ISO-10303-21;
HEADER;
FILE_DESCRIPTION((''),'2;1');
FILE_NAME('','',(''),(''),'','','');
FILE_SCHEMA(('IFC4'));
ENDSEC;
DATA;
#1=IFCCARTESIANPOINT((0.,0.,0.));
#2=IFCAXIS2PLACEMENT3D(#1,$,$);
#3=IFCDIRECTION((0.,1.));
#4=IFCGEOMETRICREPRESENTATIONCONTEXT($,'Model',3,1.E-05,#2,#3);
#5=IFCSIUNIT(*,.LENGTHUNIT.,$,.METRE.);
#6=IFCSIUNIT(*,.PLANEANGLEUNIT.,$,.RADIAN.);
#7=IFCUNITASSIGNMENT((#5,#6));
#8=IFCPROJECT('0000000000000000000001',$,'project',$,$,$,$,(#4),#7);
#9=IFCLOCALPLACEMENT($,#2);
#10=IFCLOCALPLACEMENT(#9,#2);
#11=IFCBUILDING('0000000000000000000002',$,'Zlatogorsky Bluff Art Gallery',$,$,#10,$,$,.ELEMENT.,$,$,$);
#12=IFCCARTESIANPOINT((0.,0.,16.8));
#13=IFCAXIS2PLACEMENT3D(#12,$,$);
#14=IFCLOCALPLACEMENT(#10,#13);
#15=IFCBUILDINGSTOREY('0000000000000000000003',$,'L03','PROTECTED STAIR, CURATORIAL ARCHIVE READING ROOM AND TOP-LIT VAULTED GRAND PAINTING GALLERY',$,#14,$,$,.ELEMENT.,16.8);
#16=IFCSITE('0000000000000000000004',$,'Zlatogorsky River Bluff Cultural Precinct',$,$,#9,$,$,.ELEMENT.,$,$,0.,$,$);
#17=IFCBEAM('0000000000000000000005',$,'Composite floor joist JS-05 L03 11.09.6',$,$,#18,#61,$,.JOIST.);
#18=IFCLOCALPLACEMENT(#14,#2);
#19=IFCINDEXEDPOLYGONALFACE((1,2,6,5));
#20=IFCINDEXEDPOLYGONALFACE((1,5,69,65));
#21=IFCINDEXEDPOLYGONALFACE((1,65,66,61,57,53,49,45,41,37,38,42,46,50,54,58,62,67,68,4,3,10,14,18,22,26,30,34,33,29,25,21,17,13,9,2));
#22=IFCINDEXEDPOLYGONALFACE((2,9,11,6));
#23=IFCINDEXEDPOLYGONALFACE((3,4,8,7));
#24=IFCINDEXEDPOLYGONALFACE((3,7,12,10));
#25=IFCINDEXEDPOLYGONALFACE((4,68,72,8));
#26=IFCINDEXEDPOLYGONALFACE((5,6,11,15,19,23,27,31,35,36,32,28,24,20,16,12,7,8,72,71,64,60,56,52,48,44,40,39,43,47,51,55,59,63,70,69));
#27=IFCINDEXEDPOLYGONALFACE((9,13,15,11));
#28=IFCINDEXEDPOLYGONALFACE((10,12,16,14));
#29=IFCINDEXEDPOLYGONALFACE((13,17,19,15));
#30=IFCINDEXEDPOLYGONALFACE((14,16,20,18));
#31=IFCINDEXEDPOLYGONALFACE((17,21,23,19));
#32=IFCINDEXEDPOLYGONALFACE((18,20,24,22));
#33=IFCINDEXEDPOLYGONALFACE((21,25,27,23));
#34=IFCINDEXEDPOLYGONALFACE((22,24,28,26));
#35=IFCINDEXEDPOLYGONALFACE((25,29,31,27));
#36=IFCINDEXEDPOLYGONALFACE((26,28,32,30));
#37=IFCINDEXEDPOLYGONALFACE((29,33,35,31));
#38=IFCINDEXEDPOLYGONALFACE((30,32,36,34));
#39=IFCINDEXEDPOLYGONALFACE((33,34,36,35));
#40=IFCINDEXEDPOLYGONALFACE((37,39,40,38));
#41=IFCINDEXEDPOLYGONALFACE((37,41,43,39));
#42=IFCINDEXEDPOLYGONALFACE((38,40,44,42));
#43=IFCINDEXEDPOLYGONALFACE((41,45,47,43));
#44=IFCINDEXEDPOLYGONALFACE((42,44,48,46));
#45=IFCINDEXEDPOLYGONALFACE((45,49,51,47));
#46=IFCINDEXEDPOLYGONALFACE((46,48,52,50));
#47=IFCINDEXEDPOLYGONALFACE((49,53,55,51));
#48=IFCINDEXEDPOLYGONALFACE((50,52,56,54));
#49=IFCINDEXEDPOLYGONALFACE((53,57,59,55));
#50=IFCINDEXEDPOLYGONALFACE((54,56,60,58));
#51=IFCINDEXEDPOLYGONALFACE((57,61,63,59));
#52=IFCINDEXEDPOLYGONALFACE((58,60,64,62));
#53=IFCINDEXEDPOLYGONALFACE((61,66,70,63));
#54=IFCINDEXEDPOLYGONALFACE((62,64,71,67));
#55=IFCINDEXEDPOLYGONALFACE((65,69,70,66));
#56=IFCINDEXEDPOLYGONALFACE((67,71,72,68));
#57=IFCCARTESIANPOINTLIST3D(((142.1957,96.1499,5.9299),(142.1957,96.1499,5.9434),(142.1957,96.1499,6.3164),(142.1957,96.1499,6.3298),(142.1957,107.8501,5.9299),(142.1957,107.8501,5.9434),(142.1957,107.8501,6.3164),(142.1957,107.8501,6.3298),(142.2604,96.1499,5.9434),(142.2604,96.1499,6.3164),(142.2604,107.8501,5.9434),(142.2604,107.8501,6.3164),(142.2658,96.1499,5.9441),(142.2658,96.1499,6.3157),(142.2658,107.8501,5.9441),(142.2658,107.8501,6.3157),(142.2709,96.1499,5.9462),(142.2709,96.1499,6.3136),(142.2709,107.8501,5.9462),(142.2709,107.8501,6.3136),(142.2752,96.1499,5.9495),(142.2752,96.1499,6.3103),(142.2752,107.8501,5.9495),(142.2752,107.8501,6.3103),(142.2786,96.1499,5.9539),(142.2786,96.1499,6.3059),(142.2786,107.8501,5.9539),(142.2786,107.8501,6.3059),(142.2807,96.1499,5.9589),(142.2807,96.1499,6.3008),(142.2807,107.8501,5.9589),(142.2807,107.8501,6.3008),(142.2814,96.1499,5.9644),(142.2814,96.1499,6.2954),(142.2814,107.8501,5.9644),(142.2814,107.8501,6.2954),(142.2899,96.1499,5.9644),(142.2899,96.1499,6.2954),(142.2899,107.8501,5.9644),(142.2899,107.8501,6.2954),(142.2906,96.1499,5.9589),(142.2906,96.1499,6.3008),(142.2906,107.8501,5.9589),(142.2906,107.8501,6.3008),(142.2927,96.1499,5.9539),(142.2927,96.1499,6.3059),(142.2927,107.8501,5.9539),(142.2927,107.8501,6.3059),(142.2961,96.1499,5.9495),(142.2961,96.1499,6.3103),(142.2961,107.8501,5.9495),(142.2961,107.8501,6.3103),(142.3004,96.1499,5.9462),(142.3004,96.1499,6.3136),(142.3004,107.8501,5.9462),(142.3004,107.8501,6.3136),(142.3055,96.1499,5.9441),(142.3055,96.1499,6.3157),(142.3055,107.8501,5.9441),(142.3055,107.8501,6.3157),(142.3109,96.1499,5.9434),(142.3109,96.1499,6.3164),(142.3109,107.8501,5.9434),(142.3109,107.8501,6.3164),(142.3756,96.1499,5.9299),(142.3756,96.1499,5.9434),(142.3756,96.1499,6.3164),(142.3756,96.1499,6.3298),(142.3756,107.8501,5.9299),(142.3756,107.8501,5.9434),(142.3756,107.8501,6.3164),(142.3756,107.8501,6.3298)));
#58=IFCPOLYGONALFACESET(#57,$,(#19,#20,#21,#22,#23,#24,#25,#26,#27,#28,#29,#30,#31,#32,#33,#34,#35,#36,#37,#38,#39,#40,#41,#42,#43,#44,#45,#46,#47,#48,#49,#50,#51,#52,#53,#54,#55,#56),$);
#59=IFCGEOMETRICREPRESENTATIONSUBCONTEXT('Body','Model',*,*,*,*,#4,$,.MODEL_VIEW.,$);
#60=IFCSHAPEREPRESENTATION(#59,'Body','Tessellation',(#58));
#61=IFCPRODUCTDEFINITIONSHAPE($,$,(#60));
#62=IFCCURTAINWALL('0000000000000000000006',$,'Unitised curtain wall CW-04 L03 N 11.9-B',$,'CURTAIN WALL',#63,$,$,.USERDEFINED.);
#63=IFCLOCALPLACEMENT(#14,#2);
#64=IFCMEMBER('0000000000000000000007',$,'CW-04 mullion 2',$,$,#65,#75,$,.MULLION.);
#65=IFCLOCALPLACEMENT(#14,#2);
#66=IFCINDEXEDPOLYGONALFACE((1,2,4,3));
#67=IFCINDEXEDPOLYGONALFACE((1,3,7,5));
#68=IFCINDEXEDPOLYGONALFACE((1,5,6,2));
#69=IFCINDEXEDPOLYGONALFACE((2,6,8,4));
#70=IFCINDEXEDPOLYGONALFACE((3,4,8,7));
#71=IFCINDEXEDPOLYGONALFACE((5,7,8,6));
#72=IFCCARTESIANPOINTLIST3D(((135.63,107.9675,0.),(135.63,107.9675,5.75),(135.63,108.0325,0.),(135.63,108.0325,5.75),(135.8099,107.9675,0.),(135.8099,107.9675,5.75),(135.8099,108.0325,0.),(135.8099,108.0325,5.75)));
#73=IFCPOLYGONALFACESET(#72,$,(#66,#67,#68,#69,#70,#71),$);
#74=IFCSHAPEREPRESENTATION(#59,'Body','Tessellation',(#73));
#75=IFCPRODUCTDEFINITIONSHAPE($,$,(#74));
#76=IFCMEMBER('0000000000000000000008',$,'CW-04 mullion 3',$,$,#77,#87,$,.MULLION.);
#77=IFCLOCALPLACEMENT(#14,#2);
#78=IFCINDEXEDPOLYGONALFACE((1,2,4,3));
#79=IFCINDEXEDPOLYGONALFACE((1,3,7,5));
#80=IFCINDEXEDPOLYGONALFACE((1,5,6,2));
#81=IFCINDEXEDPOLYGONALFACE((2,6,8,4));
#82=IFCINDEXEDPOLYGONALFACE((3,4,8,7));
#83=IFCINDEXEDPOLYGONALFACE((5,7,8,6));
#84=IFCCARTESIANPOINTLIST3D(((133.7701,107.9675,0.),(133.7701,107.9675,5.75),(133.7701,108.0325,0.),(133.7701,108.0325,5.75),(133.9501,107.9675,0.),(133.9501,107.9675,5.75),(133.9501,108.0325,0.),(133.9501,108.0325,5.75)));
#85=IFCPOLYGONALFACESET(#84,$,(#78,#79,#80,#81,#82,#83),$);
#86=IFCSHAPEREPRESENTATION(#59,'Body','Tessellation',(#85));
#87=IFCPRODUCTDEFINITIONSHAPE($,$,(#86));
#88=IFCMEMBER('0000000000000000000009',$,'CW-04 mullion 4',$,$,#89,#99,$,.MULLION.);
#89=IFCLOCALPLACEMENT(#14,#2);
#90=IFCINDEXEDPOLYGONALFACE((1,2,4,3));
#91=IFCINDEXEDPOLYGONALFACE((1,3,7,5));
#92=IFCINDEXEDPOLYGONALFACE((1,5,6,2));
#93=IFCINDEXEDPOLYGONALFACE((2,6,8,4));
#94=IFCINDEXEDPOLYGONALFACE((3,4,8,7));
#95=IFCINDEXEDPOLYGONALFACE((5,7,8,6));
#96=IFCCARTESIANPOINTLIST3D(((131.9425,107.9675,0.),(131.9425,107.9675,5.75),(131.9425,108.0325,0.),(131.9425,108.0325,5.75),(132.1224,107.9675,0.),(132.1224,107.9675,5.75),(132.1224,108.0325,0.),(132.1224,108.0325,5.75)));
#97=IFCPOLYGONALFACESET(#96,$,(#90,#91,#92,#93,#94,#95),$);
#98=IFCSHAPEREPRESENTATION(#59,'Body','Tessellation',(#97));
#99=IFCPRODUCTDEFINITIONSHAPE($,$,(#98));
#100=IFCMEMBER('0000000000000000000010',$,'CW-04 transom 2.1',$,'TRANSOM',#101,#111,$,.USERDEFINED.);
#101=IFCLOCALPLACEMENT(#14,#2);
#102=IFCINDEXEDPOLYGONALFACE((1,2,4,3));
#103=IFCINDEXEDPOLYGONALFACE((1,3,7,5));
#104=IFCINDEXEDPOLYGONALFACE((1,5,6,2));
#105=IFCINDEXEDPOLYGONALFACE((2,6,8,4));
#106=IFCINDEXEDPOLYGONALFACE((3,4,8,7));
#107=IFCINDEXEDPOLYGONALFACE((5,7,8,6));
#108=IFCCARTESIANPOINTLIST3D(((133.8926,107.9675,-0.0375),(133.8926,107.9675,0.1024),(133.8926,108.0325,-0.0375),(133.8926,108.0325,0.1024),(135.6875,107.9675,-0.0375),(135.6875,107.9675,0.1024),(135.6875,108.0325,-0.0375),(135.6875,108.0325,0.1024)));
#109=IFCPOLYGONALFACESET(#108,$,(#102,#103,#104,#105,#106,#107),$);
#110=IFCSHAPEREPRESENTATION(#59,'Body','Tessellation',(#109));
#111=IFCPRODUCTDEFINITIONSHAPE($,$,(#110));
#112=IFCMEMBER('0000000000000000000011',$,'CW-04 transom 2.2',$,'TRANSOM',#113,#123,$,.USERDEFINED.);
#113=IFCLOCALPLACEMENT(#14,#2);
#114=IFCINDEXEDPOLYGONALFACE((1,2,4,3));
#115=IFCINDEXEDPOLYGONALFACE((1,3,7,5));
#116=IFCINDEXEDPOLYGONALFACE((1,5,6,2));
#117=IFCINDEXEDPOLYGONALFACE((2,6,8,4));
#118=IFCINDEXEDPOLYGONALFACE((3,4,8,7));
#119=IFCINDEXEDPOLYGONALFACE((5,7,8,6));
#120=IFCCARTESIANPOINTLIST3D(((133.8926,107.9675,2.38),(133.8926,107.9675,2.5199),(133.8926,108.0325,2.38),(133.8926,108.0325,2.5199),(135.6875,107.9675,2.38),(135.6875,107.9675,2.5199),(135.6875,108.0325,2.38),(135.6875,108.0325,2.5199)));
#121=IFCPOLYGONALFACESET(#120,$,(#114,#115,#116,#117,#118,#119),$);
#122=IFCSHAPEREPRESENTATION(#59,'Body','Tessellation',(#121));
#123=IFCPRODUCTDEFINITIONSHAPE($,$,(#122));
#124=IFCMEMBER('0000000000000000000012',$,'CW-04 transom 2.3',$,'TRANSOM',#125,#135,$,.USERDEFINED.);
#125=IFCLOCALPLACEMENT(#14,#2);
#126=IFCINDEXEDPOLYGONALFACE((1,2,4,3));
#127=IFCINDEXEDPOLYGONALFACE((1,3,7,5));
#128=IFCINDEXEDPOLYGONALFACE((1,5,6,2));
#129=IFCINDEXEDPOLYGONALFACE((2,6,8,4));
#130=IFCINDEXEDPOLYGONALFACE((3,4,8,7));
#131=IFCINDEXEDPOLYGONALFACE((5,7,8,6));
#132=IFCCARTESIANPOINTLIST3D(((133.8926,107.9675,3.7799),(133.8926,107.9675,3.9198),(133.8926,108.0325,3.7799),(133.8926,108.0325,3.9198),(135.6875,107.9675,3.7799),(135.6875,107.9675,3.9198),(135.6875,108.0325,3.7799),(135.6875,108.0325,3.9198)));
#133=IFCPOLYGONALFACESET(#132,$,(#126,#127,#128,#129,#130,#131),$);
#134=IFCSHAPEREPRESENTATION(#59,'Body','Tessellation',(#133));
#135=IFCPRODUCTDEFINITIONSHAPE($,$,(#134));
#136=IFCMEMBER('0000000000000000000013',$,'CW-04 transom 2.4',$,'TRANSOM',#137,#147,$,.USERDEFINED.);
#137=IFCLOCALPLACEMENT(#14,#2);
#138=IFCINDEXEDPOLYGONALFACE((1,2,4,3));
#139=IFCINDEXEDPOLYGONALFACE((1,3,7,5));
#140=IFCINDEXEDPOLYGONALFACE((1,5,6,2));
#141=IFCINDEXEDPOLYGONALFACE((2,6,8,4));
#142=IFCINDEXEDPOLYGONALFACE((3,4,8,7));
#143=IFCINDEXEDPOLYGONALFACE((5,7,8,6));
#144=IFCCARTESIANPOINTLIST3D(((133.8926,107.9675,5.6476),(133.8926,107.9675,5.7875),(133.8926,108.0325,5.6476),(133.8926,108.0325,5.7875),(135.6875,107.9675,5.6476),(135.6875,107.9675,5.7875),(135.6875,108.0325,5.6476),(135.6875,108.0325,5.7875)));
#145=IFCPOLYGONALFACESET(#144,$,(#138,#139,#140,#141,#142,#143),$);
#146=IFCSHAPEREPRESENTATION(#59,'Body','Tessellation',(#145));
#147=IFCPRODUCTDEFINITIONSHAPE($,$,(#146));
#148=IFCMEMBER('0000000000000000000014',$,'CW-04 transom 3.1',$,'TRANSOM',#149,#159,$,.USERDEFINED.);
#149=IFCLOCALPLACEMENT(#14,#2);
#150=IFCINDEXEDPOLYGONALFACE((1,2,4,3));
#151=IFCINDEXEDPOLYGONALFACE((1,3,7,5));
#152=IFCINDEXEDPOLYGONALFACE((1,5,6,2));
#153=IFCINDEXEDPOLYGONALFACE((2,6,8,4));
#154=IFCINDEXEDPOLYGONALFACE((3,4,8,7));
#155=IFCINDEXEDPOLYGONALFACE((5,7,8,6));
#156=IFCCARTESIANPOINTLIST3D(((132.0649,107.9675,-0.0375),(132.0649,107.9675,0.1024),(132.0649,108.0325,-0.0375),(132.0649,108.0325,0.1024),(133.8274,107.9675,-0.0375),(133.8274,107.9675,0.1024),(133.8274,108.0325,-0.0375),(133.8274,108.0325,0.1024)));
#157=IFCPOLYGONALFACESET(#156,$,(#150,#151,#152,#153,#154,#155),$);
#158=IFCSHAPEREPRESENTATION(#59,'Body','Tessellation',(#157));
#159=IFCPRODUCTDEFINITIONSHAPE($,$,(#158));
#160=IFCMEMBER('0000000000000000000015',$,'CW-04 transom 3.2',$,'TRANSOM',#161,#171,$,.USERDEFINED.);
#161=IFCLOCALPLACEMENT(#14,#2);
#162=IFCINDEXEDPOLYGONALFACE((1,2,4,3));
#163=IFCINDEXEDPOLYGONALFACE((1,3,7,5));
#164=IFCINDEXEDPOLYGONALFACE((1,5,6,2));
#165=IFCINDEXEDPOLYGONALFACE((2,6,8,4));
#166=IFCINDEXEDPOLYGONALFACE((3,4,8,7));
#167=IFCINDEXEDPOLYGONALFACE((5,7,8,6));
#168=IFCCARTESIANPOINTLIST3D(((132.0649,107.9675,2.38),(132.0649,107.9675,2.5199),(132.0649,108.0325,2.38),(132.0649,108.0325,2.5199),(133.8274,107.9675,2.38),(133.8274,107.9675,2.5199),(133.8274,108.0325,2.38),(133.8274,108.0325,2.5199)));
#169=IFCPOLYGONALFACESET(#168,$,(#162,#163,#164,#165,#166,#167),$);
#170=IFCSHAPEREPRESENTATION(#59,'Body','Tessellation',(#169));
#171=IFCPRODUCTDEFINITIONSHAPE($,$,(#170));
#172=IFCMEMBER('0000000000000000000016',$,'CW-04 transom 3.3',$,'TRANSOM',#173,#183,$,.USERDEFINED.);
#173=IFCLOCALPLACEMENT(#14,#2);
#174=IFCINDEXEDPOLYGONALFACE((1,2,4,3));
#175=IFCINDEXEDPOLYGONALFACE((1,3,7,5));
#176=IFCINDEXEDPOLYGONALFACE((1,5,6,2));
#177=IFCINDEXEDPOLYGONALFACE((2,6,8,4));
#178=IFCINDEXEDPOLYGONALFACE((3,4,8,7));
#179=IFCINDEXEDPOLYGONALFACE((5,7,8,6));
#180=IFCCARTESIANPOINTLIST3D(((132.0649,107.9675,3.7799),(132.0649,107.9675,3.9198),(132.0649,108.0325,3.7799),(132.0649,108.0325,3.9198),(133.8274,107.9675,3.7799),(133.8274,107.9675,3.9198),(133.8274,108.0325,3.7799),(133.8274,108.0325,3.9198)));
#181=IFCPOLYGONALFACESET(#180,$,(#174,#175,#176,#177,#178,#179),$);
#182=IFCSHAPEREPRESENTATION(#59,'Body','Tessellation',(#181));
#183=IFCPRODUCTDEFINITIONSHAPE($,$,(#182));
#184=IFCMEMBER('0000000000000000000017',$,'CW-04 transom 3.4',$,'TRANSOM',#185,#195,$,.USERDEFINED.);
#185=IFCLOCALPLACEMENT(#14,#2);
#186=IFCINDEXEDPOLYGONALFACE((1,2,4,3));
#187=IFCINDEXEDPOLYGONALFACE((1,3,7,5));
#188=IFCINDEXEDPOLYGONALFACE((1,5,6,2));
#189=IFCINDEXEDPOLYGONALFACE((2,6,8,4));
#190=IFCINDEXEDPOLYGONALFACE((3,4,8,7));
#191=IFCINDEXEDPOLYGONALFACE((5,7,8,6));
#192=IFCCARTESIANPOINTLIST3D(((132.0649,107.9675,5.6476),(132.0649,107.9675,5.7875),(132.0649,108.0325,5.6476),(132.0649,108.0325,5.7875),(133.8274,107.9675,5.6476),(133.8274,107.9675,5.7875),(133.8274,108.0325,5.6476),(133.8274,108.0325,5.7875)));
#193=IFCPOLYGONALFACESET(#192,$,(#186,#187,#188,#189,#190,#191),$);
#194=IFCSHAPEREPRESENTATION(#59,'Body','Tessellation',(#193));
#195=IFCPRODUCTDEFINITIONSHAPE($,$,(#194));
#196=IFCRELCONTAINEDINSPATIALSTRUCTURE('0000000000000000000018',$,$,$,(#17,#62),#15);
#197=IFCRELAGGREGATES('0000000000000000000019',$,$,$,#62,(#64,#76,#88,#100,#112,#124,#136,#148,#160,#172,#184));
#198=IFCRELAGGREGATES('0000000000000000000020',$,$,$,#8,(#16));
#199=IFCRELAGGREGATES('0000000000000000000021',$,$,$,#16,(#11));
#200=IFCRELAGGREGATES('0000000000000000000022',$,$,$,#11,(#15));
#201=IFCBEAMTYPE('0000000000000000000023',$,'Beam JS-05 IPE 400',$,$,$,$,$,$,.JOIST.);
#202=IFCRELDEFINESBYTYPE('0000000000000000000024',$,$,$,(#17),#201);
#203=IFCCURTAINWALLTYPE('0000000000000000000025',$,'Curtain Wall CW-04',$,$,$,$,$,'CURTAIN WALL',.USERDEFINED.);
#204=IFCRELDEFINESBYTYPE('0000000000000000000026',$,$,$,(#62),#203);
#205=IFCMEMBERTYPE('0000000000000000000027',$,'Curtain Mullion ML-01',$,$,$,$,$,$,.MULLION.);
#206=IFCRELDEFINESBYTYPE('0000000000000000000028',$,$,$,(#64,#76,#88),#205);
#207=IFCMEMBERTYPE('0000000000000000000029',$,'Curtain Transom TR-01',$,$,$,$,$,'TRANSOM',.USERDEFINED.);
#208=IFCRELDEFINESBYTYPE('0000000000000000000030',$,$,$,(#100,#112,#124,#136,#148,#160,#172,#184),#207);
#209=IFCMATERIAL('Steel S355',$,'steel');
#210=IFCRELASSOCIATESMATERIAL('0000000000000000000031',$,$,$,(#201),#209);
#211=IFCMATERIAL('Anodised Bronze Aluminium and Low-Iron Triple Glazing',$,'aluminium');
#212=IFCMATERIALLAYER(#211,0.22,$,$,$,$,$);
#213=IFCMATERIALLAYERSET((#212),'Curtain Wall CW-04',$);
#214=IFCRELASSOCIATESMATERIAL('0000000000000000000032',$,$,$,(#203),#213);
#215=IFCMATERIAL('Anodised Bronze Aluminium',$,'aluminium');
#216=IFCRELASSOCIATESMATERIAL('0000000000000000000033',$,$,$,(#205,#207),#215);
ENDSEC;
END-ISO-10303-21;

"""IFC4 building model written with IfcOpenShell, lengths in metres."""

from ifc_helpers import new_model, si_unit, direction, frame, origin, origin_2d, place, context, subcontext, project, spatial, rectangle, i_section, extrude, material, layer, layer_set, material_profile, profile_set, type_object, element, aggregate, save


model = new_model("IFC4")

# Units and contexts
model_context = context("Model", 3, precision=1e-05, world=origin(), true_north=direction((0.0, 1.0)))
body_context = subcontext(model_context, "Body", "Model", "MODEL_VIEW")
ifc_project = project(units=[si_unit("LENGTHUNIT", "METRE"), si_unit("PLANEANGLEUNIT", "RADIAN")], contexts=[model_context])

# Site, building, storey
site_placement = place(None, origin())
site = spatial("IfcSite", under=ifc_project, at=site_placement, Name="Zlatogorsky River Bluff Cultural Precinct", CompositionType="ELEMENT", RefElevation=0.0)
building_placement = place(site_placement, origin())
building = spatial("IfcBuilding", under=site, at=building_placement, Name="Zlatogorsky Bluff Art Gallery", CompositionType="ELEMENT")
storey_placement = place(building_placement, frame((0.0, 0.0, 16.8)))
storey = spatial("IfcBuildingStorey", under=building, at=storey_placement, Name="L03", Description="PROTECTED STAIR, CURATORIAL ARCHIVE READING ROOM AND TOP-LIT VAULTED GRAND PAINTING GALLERY", CompositionType="ELEMENT", Elevation=16.8)

# Shared definitions
ifc_material_1 = material(Name="Steel S355", Category="steel")

# Beam
ifc_material_profile_1 = material_profile(ifc_material_1, i_section(OverallWidth=0.1799, OverallDepth=0.3999, WebThickness=0.0085, FlangeThickness=0.0134, FilletRadius=0.021, at=origin_2d()), Name="IPE 400")
ifc_profile_set_1 = profile_set([ifc_material_profile_1], Name="Steel S355")
beam_type_1 = type_object("IfcBeamType", Name="Beam JS-05 IPE 400", PredefinedType="JOIST", material=ifc_profile_set_1)
for number, where, z_axis, x_axis, name in (
    (1, (142.2856, 96.1499, 6.1299), (0.0, 1.0, 0.0), (-1.0, 0.0, 0.0), "Composite floor joist JS-05 L03 11.09.6"),
):
    element("IfcBeam", number, at=place(storey_placement, frame(where, z_axis=z_axis, x_axis=x_axis)), inside=storey, type_object=beam_type_1, Name=name, PredefinedType="JOIST", context=body_context, shape_type="SweptSolid", body=[
        extrude(i_section(OverallWidth=0.1799, OverallDepth=0.3999, WebThickness=0.0085, FlangeThickness=0.0134, FilletRadius=0.021, at=origin_2d()), origin(), (0.0, 0.0, 1.0), 11.7002),
    ])

# Curtain wall, members
ifc_material_2 = material(Name="Anodised Bronze Aluminium and Low-Iron Triple Glazing", Category="aluminium")
ifc_layer_1 = layer(ifc_material_2, 0.22)
ifc_layer_set_1 = layer_set([ifc_layer_1], Name="Curtain Wall CW-04")
curtain_wall_type = type_object("IfcCurtainWallType", Name="Curtain Wall CW-04", ElementType="CURTAIN WALL", PredefinedType="USERDEFINED", material=ifc_layer_set_1)
curtain_wall_placement = place(storey_placement, origin())
curtain_wall = element("IfcCurtainWall", 2, at=curtain_wall_placement, inside=storey, type_object=curtain_wall_type, Name="Unitised curtain wall CW-04 L03 N 11.9-B", ObjectType="CURTAIN WALL", PredefinedType="USERDEFINED")
ifc_material_3 = material(Name="Anodised Bronze Aluminium", Category="aluminium")
ifc_material_profile_2 = material_profile(ifc_material_3, rectangle(XDim=0.0649, YDim=0.1799, at=origin_2d()), Name="ALU MULLION 65x180")
ifc_profile_set_2 = profile_set([ifc_material_profile_2], Name="Anodised Bronze Aluminium")
member_type_1 = type_object("IfcMemberType", Name="Curtain Mullion ML-01", PredefinedType="MULLION", material=ifc_profile_set_2)
member_1_placement = place(storey_placement, frame((135.72, 108.0, 0.0), z_axis=(0.0, 0.0, 1.0), x_axis=(0.0, -1.0, 0.0)))
member_1 = element("IfcMember", 3, at=member_1_placement, type_object=member_type_1, Name="CW-04 mullion 2", PredefinedType="MULLION", context=body_context, shape_type="SweptSolid", body=[
    extrude(rectangle(XDim=0.0649, YDim=0.1799, at=origin_2d()), origin(), (0.0, 0.0, 1.0), 5.75),
])
member_2_placement = place(storey_placement, frame((133.8601, 108.0, 0.0), z_axis=(0.0, 0.0, 1.0), x_axis=(0.0, -1.0, 0.0)))
member_2 = element("IfcMember", 4, at=member_2_placement, type_object=member_type_1, Name="CW-04 mullion 3", PredefinedType="MULLION", context=body_context, shape_type="SweptSolid", body=[
    extrude(rectangle(XDim=0.0649, YDim=0.1799, at=origin_2d()), origin(), (0.0, 0.0, 1.0), 5.75),
])
member_3_placement = place(storey_placement, frame((132.0325, 108.0, 0.0), z_axis=(0.0, 0.0, 1.0), x_axis=(0.0, -1.0, 0.0)))
member_3 = element("IfcMember", 5, at=member_3_placement, type_object=member_type_1, Name="CW-04 mullion 4", PredefinedType="MULLION", context=body_context, shape_type="SweptSolid", body=[
    extrude(rectangle(XDim=0.0649, YDim=0.1799, at=origin_2d()), origin(), (0.0, 0.0, 1.0), 5.75),
])
ifc_material_profile_3 = material_profile(ifc_material_3, rectangle(XDim=0.0649, YDim=0.1399, at=origin_2d()), Name="ALU TRANSOM 65x140")
ifc_profile_set_3 = profile_set([ifc_material_profile_3], Name="Anodised Bronze Aluminium")
member_type_2 = type_object("IfcMemberType", Name="Curtain Transom TR-01", ElementType="TRANSOM", PredefinedType="USERDEFINED", material=ifc_profile_set_3)
member_4_placement = place(storey_placement, frame((135.6875, 108.0, 0.0325), z_axis=(-1.0, 0.0, 0.0), x_axis=(0.0, -1.0, 0.0)))
member_4 = element("IfcMember", 6, at=member_4_placement, type_object=member_type_2, Name="CW-04 transom 2.1", ObjectType="TRANSOM", PredefinedType="USERDEFINED", context=body_context, shape_type="SweptSolid", body=[
    extrude(rectangle(XDim=0.0649, YDim=0.1399, at=origin_2d()), origin(), (0.0, 0.0, 1.0), 1.7949),
])
member_5_placement = place(storey_placement, frame((135.6875, 108.0, 2.45), z_axis=(-1.0, 0.0, 0.0), x_axis=(0.0, -1.0, 0.0)))
member_5 = element("IfcMember", 7, at=member_5_placement, type_object=member_type_2, Name="CW-04 transom 2.2", ObjectType="TRANSOM", PredefinedType="USERDEFINED", context=body_context, shape_type="SweptSolid", body=[
    extrude(rectangle(XDim=0.0649, YDim=0.1399, at=origin_2d()), origin(), (0.0, 0.0, 1.0), 1.7949),
])
member_6_placement = place(storey_placement, frame((135.6875, 108.0, 3.8499), z_axis=(-1.0, 0.0, 0.0), x_axis=(0.0, -1.0, 0.0)))
member_6 = element("IfcMember", 8, at=member_6_placement, type_object=member_type_2, Name="CW-04 transom 2.3", ObjectType="TRANSOM", PredefinedType="USERDEFINED", context=body_context, shape_type="SweptSolid", body=[
    extrude(rectangle(XDim=0.0649, YDim=0.1399, at=origin_2d()), origin(), (0.0, 0.0, 1.0), 1.7949),
])
member_7_placement = place(storey_placement, frame((135.6875, 108.0, 5.7175), z_axis=(-1.0, 0.0, 0.0), x_axis=(0.0, -1.0, 0.0)))
member_7 = element("IfcMember", 9, at=member_7_placement, type_object=member_type_2, Name="CW-04 transom 2.4", ObjectType="TRANSOM", PredefinedType="USERDEFINED", context=body_context, shape_type="SweptSolid", body=[
    extrude(rectangle(XDim=0.0649, YDim=0.1399, at=origin_2d()), origin(), (0.0, 0.0, 1.0), 1.7949),
])
member_8_placement = place(storey_placement, frame((133.8274, 108.0, 0.0325), z_axis=(-1.0, 0.0, 0.0), x_axis=(0.0, -1.0, 0.0)))
member_8 = element("IfcMember", 10, at=member_8_placement, type_object=member_type_2, Name="CW-04 transom 3.1", ObjectType="TRANSOM", PredefinedType="USERDEFINED", context=body_context, shape_type="SweptSolid", body=[
    extrude(rectangle(XDim=0.0649, YDim=0.1399, at=origin_2d()), origin(), (0.0, 0.0, 1.0), 1.7625),
])
member_9_placement = place(storey_placement, frame((133.8274, 108.0, 2.45), z_axis=(-1.0, 0.0, 0.0), x_axis=(0.0, -1.0, 0.0)))
member_9 = element("IfcMember", 11, at=member_9_placement, type_object=member_type_2, Name="CW-04 transom 3.2", ObjectType="TRANSOM", PredefinedType="USERDEFINED", context=body_context, shape_type="SweptSolid", body=[
    extrude(rectangle(XDim=0.0649, YDim=0.1399, at=origin_2d()), origin(), (0.0, 0.0, 1.0), 1.7625),
])
member_10_placement = place(storey_placement, frame((133.8274, 108.0, 3.8499), z_axis=(-1.0, 0.0, 0.0), x_axis=(0.0, -1.0, 0.0)))
member_10 = element("IfcMember", 12, at=member_10_placement, type_object=member_type_2, Name="CW-04 transom 3.3", ObjectType="TRANSOM", PredefinedType="USERDEFINED", context=body_context, shape_type="SweptSolid", body=[
    extrude(rectangle(XDim=0.0649, YDim=0.1399, at=origin_2d()), origin(), (0.0, 0.0, 1.0), 1.7625),
])
member_11_placement = place(storey_placement, frame((133.8274, 108.0, 5.7175), z_axis=(-1.0, 0.0, 0.0), x_axis=(0.0, -1.0, 0.0)))
member_11 = element("IfcMember", 13, at=member_11_placement, type_object=member_type_2, Name="CW-04 transom 3.4", ObjectType="TRANSOM", PredefinedType="USERDEFINED", context=body_context, shape_type="SweptSolid", body=[
    extrude(rectangle(XDim=0.0649, YDim=0.1399, at=origin_2d()), origin(), (0.0, 0.0, 1.0), 1.7625),
])
aggregate(curtain_wall, [member_1, member_2, member_3, member_4, member_5, member_6, member_7, member_8, member_9, member_10, member_11])

save(model, "model.ifc")
